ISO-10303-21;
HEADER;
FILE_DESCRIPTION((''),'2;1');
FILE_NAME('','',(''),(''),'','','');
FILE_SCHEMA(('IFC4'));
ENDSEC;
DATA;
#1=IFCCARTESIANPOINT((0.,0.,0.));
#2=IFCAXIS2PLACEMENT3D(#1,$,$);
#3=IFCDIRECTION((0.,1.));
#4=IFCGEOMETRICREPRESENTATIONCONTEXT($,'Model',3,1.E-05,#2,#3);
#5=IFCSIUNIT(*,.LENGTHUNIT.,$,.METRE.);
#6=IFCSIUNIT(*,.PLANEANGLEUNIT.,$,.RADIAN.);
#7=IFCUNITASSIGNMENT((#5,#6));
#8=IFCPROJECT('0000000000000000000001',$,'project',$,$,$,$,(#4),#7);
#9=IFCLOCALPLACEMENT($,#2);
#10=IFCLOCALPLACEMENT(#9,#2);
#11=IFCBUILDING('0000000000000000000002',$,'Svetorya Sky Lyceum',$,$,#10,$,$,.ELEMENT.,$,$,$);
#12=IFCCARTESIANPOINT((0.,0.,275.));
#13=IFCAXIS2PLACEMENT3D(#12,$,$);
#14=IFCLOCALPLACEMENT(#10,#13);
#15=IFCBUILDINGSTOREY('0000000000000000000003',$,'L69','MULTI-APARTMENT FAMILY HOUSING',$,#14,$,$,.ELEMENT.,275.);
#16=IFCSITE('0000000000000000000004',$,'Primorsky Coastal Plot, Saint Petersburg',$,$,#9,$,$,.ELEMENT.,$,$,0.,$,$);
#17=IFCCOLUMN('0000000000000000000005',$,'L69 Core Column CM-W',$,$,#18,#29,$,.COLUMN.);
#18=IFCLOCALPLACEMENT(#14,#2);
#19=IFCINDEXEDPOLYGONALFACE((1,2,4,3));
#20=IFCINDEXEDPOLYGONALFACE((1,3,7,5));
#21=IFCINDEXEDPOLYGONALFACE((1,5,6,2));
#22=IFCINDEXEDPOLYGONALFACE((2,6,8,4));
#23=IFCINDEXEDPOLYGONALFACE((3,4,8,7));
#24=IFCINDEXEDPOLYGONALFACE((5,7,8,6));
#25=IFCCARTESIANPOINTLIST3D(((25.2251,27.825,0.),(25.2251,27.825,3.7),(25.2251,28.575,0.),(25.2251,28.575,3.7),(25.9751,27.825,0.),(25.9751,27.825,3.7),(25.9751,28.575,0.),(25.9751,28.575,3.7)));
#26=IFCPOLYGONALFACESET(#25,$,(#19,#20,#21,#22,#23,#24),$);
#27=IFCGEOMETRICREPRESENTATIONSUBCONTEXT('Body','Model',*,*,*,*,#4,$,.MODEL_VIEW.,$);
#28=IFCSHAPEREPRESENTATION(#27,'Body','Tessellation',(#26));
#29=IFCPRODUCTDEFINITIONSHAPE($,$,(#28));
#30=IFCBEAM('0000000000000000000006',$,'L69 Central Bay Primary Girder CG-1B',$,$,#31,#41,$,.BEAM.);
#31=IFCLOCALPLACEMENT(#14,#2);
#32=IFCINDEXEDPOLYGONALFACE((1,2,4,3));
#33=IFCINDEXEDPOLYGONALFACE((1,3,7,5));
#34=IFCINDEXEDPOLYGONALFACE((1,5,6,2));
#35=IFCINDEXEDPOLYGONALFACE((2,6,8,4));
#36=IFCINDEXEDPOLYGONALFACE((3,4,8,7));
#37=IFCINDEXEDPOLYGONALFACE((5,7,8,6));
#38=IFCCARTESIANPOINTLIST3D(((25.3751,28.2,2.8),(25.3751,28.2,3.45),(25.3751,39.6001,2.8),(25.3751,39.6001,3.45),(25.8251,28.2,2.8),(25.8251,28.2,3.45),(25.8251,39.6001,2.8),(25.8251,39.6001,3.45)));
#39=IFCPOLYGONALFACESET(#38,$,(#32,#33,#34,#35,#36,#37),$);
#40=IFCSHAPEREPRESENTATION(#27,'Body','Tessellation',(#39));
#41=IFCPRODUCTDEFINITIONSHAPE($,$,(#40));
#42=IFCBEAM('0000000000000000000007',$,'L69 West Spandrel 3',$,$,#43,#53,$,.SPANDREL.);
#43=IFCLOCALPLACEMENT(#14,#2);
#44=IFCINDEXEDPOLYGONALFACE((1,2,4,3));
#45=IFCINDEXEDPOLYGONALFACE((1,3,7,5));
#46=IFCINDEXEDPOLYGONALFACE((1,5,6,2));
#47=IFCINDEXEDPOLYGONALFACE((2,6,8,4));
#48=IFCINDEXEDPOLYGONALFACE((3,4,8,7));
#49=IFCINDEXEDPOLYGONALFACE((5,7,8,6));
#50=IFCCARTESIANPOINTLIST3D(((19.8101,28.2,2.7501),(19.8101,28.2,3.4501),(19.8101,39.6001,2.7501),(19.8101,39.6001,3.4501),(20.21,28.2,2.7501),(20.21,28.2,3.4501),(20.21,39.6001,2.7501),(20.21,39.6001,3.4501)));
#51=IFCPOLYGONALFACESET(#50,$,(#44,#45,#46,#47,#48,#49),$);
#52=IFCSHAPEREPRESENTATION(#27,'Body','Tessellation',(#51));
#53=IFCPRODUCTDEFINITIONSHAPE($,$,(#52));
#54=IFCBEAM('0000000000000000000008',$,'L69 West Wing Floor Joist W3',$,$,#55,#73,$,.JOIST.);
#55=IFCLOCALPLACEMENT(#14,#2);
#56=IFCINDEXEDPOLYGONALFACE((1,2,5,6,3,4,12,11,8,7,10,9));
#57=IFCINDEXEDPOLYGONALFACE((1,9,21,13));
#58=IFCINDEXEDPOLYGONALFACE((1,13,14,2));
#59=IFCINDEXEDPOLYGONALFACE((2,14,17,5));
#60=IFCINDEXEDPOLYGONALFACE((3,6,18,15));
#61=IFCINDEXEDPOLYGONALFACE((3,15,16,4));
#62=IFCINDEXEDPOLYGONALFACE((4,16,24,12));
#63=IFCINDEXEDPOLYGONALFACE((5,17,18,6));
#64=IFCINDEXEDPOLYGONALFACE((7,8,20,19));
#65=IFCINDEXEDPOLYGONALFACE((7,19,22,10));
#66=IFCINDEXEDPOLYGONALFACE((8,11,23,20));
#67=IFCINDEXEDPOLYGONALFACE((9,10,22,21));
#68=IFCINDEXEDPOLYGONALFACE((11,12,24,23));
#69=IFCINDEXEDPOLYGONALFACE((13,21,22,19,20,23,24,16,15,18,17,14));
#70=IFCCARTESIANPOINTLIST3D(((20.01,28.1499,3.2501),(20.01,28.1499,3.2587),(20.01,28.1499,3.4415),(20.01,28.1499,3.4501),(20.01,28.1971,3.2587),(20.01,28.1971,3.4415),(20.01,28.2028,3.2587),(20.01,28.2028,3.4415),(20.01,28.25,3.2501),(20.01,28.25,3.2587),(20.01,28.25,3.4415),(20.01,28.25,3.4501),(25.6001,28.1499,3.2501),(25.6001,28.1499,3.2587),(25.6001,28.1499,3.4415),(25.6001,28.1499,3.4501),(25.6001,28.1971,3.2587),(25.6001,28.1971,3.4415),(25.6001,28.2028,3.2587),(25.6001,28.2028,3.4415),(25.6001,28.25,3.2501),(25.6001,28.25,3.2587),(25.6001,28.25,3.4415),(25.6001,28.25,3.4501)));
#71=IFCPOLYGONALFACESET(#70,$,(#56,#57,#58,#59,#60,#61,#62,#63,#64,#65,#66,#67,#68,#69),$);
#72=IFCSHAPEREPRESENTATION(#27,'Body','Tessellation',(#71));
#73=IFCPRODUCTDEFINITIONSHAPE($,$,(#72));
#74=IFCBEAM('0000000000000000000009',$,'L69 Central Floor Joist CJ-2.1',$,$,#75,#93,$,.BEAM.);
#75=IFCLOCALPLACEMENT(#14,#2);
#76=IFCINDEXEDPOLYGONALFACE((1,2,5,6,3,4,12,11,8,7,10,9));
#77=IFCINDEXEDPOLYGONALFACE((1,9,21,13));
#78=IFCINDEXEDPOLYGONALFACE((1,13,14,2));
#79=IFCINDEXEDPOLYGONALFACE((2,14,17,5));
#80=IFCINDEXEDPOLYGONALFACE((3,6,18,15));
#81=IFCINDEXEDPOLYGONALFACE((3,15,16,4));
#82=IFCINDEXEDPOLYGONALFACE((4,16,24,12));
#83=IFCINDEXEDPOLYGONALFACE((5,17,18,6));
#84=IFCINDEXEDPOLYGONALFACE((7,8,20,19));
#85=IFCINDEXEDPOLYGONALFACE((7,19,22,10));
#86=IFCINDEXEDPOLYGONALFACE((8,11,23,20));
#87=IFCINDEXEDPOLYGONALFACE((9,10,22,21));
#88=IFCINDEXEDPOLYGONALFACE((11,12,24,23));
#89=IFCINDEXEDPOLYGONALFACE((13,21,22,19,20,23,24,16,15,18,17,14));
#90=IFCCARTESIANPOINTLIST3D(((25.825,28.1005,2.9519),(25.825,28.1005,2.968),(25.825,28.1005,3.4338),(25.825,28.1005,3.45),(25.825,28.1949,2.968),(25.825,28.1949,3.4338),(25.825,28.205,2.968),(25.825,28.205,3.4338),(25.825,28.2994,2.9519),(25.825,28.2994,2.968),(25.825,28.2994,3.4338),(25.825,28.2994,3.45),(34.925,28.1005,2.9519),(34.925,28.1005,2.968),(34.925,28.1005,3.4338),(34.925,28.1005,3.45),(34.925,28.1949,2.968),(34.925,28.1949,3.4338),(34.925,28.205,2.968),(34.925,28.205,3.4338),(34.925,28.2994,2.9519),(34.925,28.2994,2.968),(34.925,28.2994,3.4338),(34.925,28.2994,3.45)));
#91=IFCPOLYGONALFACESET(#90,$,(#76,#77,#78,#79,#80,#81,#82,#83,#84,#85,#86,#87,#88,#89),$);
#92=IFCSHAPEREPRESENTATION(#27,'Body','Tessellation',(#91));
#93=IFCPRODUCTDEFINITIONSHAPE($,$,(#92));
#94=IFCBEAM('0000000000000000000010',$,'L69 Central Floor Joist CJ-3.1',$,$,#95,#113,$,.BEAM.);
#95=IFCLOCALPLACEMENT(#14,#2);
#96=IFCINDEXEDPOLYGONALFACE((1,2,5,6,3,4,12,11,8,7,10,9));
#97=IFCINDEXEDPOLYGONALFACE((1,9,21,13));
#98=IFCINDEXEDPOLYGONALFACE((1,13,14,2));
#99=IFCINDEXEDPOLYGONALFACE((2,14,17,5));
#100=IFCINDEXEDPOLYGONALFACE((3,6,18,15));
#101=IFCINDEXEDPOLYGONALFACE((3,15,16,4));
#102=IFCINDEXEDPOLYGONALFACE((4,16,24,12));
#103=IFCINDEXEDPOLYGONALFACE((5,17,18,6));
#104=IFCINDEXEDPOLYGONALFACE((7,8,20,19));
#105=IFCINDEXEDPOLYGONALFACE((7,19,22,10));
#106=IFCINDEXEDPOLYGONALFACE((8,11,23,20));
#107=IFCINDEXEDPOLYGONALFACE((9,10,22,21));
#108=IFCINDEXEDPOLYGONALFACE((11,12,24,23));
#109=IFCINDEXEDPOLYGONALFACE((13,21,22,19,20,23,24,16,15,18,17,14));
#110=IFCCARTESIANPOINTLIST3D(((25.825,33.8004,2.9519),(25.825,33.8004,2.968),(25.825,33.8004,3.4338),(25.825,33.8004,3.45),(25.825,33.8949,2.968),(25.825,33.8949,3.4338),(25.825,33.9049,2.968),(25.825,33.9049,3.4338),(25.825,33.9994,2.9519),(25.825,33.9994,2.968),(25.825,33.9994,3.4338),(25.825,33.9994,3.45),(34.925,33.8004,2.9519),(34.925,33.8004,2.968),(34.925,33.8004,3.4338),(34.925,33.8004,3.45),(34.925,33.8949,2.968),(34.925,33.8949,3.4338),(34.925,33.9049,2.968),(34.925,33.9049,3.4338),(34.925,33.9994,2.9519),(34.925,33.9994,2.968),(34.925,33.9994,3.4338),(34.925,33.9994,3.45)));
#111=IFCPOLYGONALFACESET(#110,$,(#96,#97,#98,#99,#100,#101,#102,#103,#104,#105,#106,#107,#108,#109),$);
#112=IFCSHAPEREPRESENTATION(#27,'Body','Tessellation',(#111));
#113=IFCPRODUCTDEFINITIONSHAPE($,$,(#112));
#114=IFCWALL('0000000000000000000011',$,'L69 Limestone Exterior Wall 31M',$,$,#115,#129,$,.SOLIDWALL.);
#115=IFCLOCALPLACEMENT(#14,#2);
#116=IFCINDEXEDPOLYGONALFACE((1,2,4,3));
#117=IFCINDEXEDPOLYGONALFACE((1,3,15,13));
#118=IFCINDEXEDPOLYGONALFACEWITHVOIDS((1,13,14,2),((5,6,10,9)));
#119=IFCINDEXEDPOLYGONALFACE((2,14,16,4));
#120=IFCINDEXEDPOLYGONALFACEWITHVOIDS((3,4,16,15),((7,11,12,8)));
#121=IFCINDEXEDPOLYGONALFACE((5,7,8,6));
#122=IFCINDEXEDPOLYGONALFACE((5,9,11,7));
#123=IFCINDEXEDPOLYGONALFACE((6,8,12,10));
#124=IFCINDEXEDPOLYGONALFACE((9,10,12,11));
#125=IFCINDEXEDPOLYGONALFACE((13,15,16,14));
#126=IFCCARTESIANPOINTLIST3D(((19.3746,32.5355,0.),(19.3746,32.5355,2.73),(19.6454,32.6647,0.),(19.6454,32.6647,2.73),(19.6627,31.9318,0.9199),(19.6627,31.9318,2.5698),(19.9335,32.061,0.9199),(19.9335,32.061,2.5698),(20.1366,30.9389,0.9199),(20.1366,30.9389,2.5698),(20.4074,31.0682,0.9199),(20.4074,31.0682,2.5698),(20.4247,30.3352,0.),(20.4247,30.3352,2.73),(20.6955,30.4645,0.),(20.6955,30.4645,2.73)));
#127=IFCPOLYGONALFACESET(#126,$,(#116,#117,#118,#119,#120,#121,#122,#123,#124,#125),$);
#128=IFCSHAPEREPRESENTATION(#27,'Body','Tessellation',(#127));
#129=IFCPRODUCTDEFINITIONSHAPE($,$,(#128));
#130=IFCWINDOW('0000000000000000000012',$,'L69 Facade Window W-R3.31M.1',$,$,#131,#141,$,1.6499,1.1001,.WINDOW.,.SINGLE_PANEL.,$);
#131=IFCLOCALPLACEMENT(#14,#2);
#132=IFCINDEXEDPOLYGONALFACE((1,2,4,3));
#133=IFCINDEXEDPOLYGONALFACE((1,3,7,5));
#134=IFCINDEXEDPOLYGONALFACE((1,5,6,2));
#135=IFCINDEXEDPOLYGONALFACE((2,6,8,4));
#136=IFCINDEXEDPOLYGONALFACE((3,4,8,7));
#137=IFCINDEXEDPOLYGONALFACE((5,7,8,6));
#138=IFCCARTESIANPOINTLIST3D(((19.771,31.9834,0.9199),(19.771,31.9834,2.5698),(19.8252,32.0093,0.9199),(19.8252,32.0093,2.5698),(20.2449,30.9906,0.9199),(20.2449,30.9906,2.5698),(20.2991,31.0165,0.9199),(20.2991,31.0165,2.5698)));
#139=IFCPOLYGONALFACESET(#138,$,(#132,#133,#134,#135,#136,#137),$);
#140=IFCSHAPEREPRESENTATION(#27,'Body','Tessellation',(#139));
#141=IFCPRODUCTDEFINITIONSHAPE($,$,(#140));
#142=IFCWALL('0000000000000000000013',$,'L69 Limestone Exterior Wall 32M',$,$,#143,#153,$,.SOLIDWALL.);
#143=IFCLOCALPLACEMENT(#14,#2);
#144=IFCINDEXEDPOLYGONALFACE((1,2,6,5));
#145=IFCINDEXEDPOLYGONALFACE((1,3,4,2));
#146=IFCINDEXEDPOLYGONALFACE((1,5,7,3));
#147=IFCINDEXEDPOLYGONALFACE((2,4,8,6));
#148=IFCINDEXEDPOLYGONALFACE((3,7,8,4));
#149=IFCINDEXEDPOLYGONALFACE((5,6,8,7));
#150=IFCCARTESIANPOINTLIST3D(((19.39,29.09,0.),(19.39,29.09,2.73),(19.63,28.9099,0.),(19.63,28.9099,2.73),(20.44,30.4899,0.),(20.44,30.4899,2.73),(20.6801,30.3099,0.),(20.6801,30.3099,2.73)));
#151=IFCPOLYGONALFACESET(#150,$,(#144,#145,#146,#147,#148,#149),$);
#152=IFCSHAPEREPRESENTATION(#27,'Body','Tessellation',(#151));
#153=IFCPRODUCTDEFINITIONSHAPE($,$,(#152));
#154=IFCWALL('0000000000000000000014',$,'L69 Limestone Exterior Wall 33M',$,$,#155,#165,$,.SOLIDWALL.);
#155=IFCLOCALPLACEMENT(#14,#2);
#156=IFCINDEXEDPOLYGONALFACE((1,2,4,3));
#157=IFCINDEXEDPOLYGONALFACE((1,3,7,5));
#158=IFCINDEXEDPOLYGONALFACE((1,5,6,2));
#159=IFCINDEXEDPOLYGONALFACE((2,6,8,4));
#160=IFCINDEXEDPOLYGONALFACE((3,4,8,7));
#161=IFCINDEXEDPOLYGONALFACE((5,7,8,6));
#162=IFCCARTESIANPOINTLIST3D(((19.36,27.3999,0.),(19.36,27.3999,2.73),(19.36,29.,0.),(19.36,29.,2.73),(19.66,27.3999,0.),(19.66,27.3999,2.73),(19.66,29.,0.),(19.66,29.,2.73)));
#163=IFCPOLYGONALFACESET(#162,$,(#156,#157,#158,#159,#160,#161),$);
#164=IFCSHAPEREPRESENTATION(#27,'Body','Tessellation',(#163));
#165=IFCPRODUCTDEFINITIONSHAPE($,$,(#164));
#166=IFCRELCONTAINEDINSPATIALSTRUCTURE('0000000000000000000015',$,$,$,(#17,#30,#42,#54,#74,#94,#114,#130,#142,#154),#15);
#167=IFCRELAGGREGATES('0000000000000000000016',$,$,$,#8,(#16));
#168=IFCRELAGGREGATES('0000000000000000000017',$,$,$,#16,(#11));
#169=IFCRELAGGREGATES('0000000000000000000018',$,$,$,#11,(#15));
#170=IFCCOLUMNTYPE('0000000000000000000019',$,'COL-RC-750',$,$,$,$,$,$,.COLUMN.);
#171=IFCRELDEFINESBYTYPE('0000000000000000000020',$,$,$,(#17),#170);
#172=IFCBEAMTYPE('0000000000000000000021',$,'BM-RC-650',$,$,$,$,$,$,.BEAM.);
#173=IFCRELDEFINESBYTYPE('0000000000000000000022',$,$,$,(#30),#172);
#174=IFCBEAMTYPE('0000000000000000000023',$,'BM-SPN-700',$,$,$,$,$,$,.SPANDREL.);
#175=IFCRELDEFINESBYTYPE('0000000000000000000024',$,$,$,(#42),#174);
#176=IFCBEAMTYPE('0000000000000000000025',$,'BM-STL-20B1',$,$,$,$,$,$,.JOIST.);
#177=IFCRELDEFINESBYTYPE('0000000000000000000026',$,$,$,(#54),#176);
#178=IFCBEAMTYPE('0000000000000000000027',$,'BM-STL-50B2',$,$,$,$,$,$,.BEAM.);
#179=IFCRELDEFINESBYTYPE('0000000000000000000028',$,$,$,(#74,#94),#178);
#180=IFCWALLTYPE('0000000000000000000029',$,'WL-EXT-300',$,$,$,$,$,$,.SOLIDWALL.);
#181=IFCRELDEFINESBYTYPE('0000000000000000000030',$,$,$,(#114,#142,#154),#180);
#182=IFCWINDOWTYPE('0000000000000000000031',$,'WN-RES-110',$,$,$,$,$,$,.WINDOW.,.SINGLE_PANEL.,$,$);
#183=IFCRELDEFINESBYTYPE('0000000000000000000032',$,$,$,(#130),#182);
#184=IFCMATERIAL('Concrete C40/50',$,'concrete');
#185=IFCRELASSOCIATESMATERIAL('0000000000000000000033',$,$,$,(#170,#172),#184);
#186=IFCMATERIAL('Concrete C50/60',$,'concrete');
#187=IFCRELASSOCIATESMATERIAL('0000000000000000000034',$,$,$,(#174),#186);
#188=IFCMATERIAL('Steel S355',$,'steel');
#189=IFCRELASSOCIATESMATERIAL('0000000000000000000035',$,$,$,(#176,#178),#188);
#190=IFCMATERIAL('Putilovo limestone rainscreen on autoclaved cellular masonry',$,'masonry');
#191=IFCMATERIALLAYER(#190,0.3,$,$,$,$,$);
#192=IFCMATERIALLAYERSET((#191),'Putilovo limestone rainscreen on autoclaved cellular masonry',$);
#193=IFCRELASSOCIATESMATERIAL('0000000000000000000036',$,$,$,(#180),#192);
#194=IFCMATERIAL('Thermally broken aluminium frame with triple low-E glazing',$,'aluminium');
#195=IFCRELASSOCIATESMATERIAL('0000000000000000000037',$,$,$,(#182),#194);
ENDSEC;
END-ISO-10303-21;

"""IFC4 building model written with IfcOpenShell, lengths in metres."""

from ifc_helpers import new_model, si_unit, direction, frame, frame_2d, origin, origin_2d, place, context, subcontext, project, spatial, rectangle, i_section, extrude, material, layer, layer_set, material_profile, profile_set, type_object, element, fill, save


model = new_model("IFC4")

# Units and contexts
model_context = context("Model", 3, precision=1e-05, world=origin(), true_north=direction((0.0, 1.0)))
body_context = subcontext(model_context, "Body", "Model", "MODEL_VIEW")
ifc_project = project(units=[si_unit("LENGTHUNIT", "METRE"), si_unit("PLANEANGLEUNIT", "RADIAN")], contexts=[model_context])

# Site, building, storey
site_placement = place(None, origin())
site = spatial("IfcSite", under=ifc_project, at=site_placement, Name="Primorsky Coastal Plot, Saint Petersburg", CompositionType="ELEMENT", RefElevation=0.0)
building_placement = place(site_placement, origin())
building = spatial("IfcBuilding", under=site, at=building_placement, Name="Svetorya Sky Lyceum", CompositionType="ELEMENT")
storey_placement = place(building_placement, frame((0.0, 0.0, 275.0)))
storey = spatial("IfcBuildingStorey", under=building, at=storey_placement, Name="L69", Description="MULTI-APARTMENT FAMILY HOUSING", CompositionType="ELEMENT", Elevation=275.0)

# Column
ifc_material_1 = material(Name="Concrete C40/50", Category="concrete")
ifc_material_profile_1 = material_profile(ifc_material_1, rectangle(XDim=0.75, YDim=0.75, at=origin_2d()), Name="RC COL 750x750")
ifc_profile_set_1 = profile_set([ifc_material_profile_1], Name="Concrete C40/50")
column_type = type_object("IfcColumnType", Name="COL-RC-750", PredefinedType="COLUMN", material=ifc_profile_set_1)
column_placement = place(storey_placement, frame((25.6001, 28.2, 0.0), z_axis=(0.0, 0.0, 1.0), x_axis=(1.0, 0.0, 0.0)))
element("IfcColumn", 1, at=column_placement, inside=storey, type_object=column_type, Name="L69 Core Column CM-W", PredefinedType="COLUMN", context=body_context, shape_type="SweptSolid", body=[
    extrude(rectangle(XDim=0.75, YDim=0.75, at=origin_2d()), origin(), (0.0, 0.0, 1.0), 3.7),
])

# Beams
ifc_material_profile_2 = material_profile(ifc_material_1, rectangle(XDim=0.45, YDim=0.6499, at=origin_2d()), Name="RC BEAM 450x650")
ifc_profile_set_2 = profile_set([ifc_material_profile_2], Name="Concrete C40/50")
beam_type_1 = type_object("IfcBeamType", Name="BM-RC-650", PredefinedType="BEAM", material=ifc_profile_set_2)
beam_1_placement = place(storey_placement, frame((25.6001, 28.2, 3.125), z_axis=(0.0, 1.0, 0.0), x_axis=(-1.0, 0.0, 0.0)))
element("IfcBeam", 2, at=beam_1_placement, inside=storey, type_object=beam_type_1, Name="L69 Central Bay Primary Girder CG-1B", PredefinedType="BEAM", context=body_context, shape_type="SweptSolid", body=[
    extrude(rectangle(XDim=0.45, YDim=0.6499, at=origin_2d()), origin(), (0.0, 0.0, 1.0), 11.4001),
])
ifc_material_2 = material(Name="Concrete C50/60", Category="concrete")
ifc_material_profile_3 = material_profile(ifc_material_2, rectangle(XDim=0.3999, YDim=0.7, at=origin_2d()), Name="RC SPANDREL 400x700")
ifc_profile_set_3 = profile_set([ifc_material_profile_3], Name="Concrete C50/60")
beam_type_2 = type_object("IfcBeamType", Name="BM-SPN-700", PredefinedType="SPANDREL", material=ifc_profile_set_3)
beam_2_placement = place(storey_placement, frame((20.01, 28.2, 3.1001), z_axis=(0.0, 1.0, 0.0), x_axis=(-1.0, 0.0, 0.0)))
element("IfcBeam", 3, at=beam_2_placement, inside=storey, type_object=beam_type_2, Name="L69 West Spandrel 3", PredefinedType="SPANDREL", context=body_context, shape_type="SweptSolid", body=[
    extrude(rectangle(XDim=0.3999, YDim=0.7, at=origin_2d()), origin(), (0.0, 0.0, 1.0), 11.4001),
])
ifc_material_3 = material(Name="Steel S355", Category="steel")
ifc_material_profile_4 = material_profile(ifc_material_3, i_section(OverallWidth=0.1001, OverallDepth=0.2, WebThickness=0.0056, FlangeThickness=0.0085, at=origin_2d()), Name="GOST 20B1")
ifc_profile_set_4 = profile_set([ifc_material_profile_4], Name="Steel S355")
beam_type_3 = type_object("IfcBeamType", Name="BM-STL-20B1", PredefinedType="JOIST", material=ifc_profile_set_4)
beam_3_placement = place(storey_placement, frame((20.01, 28.2, 3.3501), z_axis=(1.0, 0.0, 0.0), x_axis=(0.0, 1.0, 0.0)))
element("IfcBeam", 4, at=beam_3_placement, inside=storey, type_object=beam_type_3, Name="L69 West Wing Floor Joist W3", PredefinedType="JOIST", context=body_context, shape_type="SweptSolid", body=[
    extrude(i_section(OverallWidth=0.1001, OverallDepth=0.2, WebThickness=0.0056, FlangeThickness=0.0085, at=origin_2d()), origin(), (0.0, 0.0, 1.0), 5.5901),
])
ifc_material_profile_5 = material_profile(ifc_material_3, i_section(OverallWidth=0.199, OverallDepth=0.498, WebThickness=0.01, FlangeThickness=0.0161, at=origin_2d()), Name="GOST 50B2")
ifc_profile_set_5 = profile_set([ifc_material_profile_5], Name="Steel S355")
beam_type_4 = type_object("IfcBeamType", Name="BM-STL-50B2", PredefinedType="BEAM", material=ifc_profile_set_5)
for number, where, z_axis, x_axis, name in (
    (5, (25.825, 28.2, 3.2009), (1.0, 0.0, 0.0), (0.0, 1.0, 0.0), "L69 Central Floor Joist CJ-2.1"),
    (6, (25.825, 33.8999, 3.2009), (1.0, 0.0, 0.0), (0.0, 1.0, 0.0), "L69 Central Floor Joist CJ-3.1"),
):
    element("IfcBeam", number, at=place(storey_placement, frame(where, z_axis=z_axis, x_axis=x_axis)), inside=storey, type_object=beam_type_4, Name=name, PredefinedType="BEAM", context=body_context, shape_type="SweptSolid", body=[
        extrude(i_section(OverallWidth=0.199, OverallDepth=0.498, WebThickness=0.01, FlangeThickness=0.0161, at=origin_2d()), origin(), (0.0, 0.0, 1.0), 9.1001),
    ])

# Wall, opening, window
ifc_material_4 = material(Name="Putilovo limestone rainscreen on autoclaved cellular masonry", Category="masonry")
ifc_layer_1 = layer(ifc_material_4, 0.3)
ifc_layer_set_1 = layer_set([ifc_layer_1], Name="Putilovo limestone rainscreen on autoclaved cellular masonry")
wall_type_1 = type_object("IfcWallType", Name="WL-EXT-300", PredefinedType="SOLIDWALL", material=ifc_layer_set_1)
wall_1_placement = place(storey_placement, frame((19.51, 32.6001, 0.0), z_axis=(0.0, 0.0, 1.0), x_axis=(0.430715, -0.902488, 0.0)))
wall_1 = element("IfcWall", 7, at=wall_1_placement, inside=storey, type_object=wall_type_1, Name="L69 Limestone Exterior Wall 31M", PredefinedType="SOLIDWALL", context=body_context, shape_type="SweptSolid", body=[
    extrude(rectangle(XDim=2.438, YDim=0.3, at=frame_2d((1.219, 0.0))), origin(), (0.0, 0.0, 1.0), 2.73),
])
opening_1_placement = place(wall_1_placement, frame((0.6689, 0.0, 0.9199)))
opening_1 = element("IfcOpeningElement", 8, at=opening_1_placement, cuts=wall_1, PredefinedType="OPENING", context=body_context, shape_type="SweptSolid", body=[
    extrude(rectangle(XDim=1.1001, YDim=1.6499, at=frame_2d((0.55, 0.825))), frame((0.0, 0.1599, 0.0), z_axis=(0.0, -1.0, 0.0), x_axis=(1.0, 0.0, 0.0)), (0.0, 0.0, 1.0), 0.3201),
])
ifc_material_5 = material(Name="Thermally broken aluminium frame with triple low-E glazing", Category="aluminium")
window_type = type_object("IfcWindowType", Name="WN-RES-110", PartitioningType="SINGLE_PANEL", PredefinedType="WINDOW", material=ifc_material_5)
window_placement = place(opening_1_placement, origin())
window = element("IfcWindow", 9, at=window_placement, inside=storey, type_object=window_type, Name="L69 Facade Window W-R3.31M.1", OverallHeight=1.6499, OverallWidth=1.1001, PartitioningType="SINGLE_PANEL", PredefinedType="WINDOW", context=body_context, shape_type="SweptSolid", body=[
    extrude(rectangle(XDim=1.1001, YDim=1.6499, at=frame_2d((0.55, 0.825))), frame((0.0, 0.03, 0.0), z_axis=(0.0, -1.0, 0.0), x_axis=(1.0, 0.0, 0.0)), (0.0, 0.0, 1.0), 0.0601),
])
fill(opening_1, window)

# Walls
wall_2_placement = place(storey_placement, frame((20.5601, 30.3999, 0.0), z_axis=(0.0, 0.0, 1.0), x_axis=(-0.600045, -0.799967, 0.0)))
element("IfcWall", 10, at=wall_2_placement, inside=storey, type_object=wall_type_1, Name="L69 Limestone Exterior Wall 32M", PredefinedType="SOLIDWALL", context=body_context, shape_type="SweptSolid", body=[
    extrude(rectangle(XDim=1.75, YDim=0.3, at=frame_2d((0.875, 0.0))), origin(), (0.0, 0.0, 1.0), 2.73),
])
wall_3_placement = place(storey_placement, frame((19.51, 29.0, 0.0), z_axis=(0.0, 0.0, 1.0), x_axis=(0.0, -1.0, 0.0)))
element("IfcWall", 11, at=wall_3_placement, inside=storey, type_object=wall_type_1, Name="L69 Limestone Exterior Wall 33M", PredefinedType="SOLIDWALL", context=body_context, shape_type="SweptSolid", body=[
    extrude(rectangle(XDim=1.6001, YDim=0.3, at=frame_2d((0.8, 0.0))), origin(), (0.0, 0.0, 1.0), 2.73),
])

save(model, "model.ifc")
